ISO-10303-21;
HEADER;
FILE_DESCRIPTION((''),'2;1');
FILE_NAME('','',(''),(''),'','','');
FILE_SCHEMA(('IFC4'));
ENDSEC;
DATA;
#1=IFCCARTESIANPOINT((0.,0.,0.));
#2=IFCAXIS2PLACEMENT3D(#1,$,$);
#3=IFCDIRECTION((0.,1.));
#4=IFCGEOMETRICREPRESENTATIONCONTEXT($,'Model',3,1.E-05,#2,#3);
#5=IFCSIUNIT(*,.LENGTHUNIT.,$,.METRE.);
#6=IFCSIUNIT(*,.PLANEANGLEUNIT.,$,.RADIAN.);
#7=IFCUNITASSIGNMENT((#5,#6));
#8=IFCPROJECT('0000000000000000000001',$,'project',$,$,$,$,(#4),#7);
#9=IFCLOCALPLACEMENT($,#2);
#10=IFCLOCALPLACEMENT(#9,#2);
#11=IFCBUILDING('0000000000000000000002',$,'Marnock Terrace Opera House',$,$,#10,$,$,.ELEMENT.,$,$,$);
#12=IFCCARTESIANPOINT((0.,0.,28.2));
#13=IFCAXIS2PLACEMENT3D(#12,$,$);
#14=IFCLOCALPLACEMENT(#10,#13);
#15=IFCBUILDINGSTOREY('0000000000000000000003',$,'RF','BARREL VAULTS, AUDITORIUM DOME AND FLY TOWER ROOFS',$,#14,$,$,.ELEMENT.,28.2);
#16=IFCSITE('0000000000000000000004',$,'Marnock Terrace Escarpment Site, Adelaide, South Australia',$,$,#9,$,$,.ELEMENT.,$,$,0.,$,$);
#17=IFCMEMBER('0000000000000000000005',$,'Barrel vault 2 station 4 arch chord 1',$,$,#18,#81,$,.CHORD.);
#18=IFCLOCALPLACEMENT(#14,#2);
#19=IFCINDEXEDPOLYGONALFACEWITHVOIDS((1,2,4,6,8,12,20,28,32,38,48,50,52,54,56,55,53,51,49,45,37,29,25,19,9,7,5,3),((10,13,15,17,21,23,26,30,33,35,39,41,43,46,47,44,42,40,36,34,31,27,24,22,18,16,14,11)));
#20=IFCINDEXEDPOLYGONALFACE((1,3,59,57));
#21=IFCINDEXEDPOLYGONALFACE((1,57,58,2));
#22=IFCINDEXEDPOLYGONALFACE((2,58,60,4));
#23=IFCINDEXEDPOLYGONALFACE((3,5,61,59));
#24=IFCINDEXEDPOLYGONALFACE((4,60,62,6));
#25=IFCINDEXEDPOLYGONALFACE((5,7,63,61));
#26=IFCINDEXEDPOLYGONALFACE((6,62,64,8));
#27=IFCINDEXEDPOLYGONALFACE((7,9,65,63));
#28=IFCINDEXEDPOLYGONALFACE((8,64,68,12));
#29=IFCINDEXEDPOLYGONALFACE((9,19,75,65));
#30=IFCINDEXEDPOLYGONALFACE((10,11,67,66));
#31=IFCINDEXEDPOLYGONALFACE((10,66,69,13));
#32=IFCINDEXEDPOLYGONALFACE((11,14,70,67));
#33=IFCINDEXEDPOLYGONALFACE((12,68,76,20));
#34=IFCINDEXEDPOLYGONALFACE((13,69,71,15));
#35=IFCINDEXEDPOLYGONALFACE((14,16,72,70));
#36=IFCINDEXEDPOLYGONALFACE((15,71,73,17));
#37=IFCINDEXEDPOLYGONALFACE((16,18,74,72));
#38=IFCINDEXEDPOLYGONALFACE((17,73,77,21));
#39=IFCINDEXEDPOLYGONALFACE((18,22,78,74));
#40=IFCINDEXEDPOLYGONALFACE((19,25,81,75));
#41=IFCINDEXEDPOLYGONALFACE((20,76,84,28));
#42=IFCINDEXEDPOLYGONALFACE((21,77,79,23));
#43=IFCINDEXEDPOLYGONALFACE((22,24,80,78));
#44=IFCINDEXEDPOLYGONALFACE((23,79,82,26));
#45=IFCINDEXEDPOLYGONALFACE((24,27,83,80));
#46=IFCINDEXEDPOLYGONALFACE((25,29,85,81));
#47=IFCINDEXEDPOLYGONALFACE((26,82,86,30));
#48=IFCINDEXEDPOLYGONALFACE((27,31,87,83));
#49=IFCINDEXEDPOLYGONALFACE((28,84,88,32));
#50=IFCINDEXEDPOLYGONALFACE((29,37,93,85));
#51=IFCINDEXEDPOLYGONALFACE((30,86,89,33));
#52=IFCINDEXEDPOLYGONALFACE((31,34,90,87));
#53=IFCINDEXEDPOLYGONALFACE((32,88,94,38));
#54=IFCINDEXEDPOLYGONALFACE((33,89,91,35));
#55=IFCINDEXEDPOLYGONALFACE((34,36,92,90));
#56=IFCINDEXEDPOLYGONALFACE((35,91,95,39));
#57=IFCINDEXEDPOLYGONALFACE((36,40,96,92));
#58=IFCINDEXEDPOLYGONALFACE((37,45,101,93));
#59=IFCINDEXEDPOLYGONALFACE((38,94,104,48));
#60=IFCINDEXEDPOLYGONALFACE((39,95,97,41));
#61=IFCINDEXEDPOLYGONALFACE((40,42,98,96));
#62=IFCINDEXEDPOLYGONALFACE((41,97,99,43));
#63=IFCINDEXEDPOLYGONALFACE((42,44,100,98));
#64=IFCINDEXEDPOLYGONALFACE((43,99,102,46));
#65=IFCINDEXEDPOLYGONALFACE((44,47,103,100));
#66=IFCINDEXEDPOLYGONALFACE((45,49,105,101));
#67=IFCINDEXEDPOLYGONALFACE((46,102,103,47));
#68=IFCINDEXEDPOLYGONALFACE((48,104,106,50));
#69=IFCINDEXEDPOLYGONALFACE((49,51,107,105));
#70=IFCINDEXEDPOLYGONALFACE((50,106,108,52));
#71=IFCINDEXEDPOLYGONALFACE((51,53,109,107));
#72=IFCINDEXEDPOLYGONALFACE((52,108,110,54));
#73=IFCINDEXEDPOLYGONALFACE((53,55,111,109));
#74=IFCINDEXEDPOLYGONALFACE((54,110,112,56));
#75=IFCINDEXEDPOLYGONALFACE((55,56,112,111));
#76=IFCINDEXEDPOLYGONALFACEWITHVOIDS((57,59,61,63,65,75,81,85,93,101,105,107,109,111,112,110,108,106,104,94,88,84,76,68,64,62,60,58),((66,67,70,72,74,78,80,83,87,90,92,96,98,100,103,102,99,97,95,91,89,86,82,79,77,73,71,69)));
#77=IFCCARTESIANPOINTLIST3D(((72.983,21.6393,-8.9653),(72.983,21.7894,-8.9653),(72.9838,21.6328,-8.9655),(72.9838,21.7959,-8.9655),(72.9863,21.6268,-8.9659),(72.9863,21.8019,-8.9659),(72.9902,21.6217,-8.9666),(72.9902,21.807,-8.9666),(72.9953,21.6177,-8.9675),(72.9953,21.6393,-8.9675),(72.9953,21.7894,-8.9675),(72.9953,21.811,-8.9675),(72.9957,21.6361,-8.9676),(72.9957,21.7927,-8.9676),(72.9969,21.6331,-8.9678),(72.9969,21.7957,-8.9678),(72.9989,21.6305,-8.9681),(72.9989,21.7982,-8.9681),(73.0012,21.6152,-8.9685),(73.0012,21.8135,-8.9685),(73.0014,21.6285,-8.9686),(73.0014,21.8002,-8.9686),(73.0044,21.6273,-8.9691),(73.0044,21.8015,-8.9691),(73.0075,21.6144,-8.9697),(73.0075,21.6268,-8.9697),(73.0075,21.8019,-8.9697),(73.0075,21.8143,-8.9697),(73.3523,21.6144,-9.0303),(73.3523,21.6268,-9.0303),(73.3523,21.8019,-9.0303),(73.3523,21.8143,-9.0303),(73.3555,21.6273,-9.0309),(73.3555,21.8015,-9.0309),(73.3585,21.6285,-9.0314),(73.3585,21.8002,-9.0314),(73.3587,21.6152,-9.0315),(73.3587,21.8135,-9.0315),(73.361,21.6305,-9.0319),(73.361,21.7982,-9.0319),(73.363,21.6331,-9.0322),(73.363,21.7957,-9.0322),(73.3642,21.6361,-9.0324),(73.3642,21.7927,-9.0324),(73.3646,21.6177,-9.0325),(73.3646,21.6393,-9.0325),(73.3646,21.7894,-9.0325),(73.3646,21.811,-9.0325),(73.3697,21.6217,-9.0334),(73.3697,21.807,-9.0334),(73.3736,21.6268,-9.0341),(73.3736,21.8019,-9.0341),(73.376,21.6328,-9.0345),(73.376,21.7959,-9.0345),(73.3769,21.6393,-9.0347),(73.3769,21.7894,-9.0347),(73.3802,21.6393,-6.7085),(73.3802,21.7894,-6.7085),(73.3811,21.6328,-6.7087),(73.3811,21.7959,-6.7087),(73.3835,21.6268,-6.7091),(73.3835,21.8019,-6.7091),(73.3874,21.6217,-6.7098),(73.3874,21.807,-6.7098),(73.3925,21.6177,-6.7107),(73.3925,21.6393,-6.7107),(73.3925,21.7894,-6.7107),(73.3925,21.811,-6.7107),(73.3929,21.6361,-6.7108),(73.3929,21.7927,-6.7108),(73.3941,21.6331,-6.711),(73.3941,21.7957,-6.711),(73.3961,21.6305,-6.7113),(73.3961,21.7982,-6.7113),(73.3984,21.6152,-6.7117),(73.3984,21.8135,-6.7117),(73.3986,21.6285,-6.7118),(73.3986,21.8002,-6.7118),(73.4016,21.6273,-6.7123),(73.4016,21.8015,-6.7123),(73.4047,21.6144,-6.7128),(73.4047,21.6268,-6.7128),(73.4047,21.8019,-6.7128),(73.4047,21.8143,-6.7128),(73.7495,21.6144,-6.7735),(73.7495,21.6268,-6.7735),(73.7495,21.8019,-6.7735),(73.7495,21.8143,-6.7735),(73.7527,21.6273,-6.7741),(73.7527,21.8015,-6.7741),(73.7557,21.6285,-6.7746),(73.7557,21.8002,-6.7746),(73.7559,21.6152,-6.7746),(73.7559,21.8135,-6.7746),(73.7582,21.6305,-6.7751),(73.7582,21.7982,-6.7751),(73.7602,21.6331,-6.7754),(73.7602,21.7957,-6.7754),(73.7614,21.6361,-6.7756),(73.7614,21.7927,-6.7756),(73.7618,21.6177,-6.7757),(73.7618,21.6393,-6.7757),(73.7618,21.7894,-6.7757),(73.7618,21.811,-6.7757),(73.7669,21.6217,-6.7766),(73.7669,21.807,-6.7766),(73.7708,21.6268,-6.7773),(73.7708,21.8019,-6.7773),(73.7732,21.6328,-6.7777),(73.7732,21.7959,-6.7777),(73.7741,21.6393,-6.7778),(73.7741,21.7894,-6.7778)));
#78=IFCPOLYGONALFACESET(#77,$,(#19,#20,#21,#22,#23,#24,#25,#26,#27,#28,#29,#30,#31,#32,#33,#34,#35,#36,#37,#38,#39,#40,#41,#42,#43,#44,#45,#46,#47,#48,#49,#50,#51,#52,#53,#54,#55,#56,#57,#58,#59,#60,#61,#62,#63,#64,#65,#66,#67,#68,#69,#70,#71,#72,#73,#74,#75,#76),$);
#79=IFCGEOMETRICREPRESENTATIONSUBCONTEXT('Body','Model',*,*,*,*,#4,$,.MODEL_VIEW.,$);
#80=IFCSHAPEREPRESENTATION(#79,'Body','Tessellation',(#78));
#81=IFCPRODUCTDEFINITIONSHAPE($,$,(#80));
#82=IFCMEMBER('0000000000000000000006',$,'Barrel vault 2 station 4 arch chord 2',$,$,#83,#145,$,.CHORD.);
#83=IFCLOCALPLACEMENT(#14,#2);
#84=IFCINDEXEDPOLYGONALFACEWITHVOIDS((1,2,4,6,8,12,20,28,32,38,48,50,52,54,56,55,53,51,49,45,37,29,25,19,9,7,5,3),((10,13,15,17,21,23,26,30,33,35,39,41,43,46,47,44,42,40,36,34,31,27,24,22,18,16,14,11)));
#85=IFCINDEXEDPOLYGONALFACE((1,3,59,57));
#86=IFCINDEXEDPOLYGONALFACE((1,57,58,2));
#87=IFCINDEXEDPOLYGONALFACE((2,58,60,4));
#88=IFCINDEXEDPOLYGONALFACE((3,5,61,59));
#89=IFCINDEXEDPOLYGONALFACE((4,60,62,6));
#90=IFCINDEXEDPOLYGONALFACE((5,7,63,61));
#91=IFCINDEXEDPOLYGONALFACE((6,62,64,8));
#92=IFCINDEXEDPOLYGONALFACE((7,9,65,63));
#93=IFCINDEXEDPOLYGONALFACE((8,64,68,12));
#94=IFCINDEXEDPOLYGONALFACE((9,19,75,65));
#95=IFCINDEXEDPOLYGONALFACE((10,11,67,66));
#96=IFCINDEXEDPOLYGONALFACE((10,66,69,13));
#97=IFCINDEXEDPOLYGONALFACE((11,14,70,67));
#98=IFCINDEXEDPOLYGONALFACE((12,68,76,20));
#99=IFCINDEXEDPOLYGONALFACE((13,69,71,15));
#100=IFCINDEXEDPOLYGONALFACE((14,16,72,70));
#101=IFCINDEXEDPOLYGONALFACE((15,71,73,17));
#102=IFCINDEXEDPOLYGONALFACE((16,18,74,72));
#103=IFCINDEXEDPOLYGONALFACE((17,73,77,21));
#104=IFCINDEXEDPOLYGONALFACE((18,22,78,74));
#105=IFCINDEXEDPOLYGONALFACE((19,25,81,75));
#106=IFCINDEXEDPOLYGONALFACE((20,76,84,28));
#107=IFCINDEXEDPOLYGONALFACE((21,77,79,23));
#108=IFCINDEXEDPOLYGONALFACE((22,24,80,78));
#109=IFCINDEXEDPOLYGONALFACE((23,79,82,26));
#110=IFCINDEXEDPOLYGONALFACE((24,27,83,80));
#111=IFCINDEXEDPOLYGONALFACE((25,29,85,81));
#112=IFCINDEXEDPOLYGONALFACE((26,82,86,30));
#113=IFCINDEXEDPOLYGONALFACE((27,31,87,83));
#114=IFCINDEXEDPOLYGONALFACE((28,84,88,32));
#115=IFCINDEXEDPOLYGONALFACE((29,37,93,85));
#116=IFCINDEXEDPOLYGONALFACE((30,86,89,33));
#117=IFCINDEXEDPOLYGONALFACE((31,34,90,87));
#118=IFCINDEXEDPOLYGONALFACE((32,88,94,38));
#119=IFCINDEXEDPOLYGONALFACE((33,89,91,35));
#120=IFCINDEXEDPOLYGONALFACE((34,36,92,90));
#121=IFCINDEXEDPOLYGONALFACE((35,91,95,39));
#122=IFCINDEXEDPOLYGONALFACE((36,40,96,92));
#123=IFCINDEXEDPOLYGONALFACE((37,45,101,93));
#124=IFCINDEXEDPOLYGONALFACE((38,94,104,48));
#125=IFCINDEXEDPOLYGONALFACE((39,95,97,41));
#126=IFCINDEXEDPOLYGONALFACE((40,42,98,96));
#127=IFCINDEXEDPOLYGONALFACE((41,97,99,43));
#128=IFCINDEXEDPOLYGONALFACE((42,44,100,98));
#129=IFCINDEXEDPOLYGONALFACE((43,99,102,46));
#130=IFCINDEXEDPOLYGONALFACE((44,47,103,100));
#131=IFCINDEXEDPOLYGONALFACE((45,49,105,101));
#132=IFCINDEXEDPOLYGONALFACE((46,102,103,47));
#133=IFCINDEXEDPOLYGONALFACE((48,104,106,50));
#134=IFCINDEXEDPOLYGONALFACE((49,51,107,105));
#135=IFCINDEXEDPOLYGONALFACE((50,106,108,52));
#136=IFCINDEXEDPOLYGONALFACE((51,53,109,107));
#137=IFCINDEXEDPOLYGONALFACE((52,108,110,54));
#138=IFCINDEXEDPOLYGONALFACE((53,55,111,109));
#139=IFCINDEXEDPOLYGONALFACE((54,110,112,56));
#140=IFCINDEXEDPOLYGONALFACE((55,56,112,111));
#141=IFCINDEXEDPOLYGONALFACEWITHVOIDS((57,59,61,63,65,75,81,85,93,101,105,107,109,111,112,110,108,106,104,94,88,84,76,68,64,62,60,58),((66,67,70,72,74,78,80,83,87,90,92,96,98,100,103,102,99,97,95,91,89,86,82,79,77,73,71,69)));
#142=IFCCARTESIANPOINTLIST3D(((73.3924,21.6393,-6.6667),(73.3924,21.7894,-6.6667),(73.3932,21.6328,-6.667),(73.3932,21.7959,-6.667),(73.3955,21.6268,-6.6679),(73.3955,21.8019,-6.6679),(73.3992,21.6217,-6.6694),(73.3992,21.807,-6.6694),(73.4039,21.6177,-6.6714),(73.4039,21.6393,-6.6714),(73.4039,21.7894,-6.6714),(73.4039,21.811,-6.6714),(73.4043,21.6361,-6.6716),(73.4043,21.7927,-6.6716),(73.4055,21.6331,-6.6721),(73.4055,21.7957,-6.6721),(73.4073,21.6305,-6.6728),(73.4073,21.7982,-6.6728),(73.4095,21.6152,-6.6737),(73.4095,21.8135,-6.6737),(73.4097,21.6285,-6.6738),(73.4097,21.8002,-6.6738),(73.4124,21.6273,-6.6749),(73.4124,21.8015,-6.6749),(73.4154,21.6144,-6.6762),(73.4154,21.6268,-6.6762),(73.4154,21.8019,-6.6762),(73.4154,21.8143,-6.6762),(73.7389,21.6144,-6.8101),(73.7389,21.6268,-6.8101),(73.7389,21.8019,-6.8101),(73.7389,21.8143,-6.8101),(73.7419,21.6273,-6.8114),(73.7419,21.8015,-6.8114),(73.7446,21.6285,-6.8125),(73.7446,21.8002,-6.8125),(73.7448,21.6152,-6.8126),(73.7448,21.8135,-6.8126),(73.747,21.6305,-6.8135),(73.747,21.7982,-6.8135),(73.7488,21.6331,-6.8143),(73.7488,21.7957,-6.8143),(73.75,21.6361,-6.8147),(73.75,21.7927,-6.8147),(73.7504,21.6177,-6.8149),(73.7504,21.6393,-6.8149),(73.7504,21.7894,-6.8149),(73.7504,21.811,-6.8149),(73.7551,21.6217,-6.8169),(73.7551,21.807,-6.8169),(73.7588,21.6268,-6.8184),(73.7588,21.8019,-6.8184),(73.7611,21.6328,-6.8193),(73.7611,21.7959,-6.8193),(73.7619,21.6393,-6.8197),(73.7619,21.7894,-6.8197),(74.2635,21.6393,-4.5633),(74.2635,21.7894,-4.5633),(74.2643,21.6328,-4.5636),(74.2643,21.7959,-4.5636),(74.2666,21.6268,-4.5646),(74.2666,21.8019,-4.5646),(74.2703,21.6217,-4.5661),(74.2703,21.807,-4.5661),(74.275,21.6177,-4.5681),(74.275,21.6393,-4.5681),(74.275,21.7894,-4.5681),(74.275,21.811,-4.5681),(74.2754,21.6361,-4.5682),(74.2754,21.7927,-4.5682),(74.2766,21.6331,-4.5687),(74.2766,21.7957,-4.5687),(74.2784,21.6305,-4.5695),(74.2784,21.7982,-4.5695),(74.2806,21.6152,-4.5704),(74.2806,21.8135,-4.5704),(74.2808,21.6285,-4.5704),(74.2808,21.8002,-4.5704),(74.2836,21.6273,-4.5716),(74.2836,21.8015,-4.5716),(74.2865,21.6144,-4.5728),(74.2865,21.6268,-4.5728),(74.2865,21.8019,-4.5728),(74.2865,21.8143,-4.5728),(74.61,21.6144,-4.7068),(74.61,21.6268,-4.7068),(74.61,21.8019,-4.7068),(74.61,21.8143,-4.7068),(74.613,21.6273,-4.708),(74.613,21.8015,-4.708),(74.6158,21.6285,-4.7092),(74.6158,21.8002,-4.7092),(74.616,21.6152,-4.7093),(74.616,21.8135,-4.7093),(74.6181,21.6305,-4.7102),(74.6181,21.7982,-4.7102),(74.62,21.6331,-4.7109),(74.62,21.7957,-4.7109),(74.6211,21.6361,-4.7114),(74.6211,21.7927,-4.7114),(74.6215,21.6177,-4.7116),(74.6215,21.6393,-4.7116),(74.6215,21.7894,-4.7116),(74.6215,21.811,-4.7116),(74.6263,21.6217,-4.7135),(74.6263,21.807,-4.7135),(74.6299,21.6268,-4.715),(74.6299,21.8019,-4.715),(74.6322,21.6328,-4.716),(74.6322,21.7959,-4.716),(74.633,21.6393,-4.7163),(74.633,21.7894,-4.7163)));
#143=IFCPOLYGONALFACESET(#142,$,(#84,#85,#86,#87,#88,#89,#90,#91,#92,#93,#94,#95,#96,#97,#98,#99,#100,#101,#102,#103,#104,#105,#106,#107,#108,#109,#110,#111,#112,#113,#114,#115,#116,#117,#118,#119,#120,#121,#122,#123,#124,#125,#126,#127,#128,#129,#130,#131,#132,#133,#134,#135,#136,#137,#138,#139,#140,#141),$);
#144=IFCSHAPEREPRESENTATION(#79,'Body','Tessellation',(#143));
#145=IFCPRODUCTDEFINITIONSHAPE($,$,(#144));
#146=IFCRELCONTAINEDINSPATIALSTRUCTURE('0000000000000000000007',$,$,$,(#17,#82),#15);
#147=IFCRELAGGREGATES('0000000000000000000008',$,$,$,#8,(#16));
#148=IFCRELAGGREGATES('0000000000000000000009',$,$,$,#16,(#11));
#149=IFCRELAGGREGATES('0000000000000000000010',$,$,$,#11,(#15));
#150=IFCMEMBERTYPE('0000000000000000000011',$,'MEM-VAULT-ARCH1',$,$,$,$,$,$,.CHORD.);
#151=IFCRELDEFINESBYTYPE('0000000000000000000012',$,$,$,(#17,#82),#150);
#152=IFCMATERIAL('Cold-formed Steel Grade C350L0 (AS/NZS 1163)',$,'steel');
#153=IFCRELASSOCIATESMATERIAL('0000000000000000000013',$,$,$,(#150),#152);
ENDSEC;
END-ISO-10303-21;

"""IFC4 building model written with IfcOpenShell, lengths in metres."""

from ifc_helpers import new_model, si_unit, direction, frame, origin, origin_2d, place, context, subcontext, project, spatial, hollow_rectangle, extrude, material, material_profile, profile_set, type_object, element, save


model = new_model("IFC4")

# Units and contexts
model_context = context("Model", 3, precision=1e-05, world=origin(), true_north=direction((0.0, 1.0)))
body_context = subcontext(model_context, "Body", "Model", "MODEL_VIEW")
ifc_project = project(units=[si_unit("LENGTHUNIT", "METRE"), si_unit("PLANEANGLEUNIT", "RADIAN")], contexts=[model_context])

# Site, building, storey
site_placement = place(None, origin())
site = spatial("IfcSite", under=ifc_project, at=site_placement, Name="Marnock Terrace Escarpment Site, Adelaide, South Australia", CompositionType="ELEMENT", RefElevation=0.0)
building_placement = place(site_placement, origin())
building = spatial("IfcBuilding", under=site, at=building_placement, Name="Marnock Terrace Opera House", CompositionType="ELEMENT")
storey_placement = place(building_placement, frame((0.0, 0.0, 28.2)))
storey = spatial("IfcBuildingStorey", under=building, at=storey_placement, Name="RF", Description="BARREL VAULTS, AUDITORIUM DOME AND FLY TOWER ROOFS", CompositionType="ELEMENT", Elevation=28.2)

# Members
ifc_material = material(Name="Cold-formed Steel Grade C350L0 (AS/NZS 1163)", Category="steel")
ifc_material_profile_1 = material_profile(ifc_material, hollow_rectangle(XDim=0.2, YDim=0.3999, WallThickness=0.0125, InnerFilletRadius=0.0125, OuterFilletRadius=0.0249, at=origin_2d()))
ifc_profile_set_1 = profile_set([ifc_material_profile_1], Name="Cold-formed Steel Grade C350L0 (AS/NZS 1163)")
member_type_1 = type_object("IfcMemberType", Name="MEM-VAULT-ARCH1", PredefinedType="CHORD", material=ifc_profile_set_1)
member_1_placement = place(storey_placement, frame((73.1799, 21.7144, -9.0), z_axis=(0.173342, 0.0, 0.984862), x_axis=(0.0, 1.0, 0.0)))
element("IfcMember", 1, at=member_1_placement, inside=storey, type_object=member_type_1, Name="Barrel vault 2 station 4 arch chord 1", PredefinedType="CHORD", context=body_context, shape_type="SweptSolid", body=[
    extrude(hollow_rectangle(XDim=0.2, YDim=0.3999, WallThickness=0.0125, InnerFilletRadius=0.0125, OuterFilletRadius=0.0249, at=origin_2d()), origin(), (0.0, 0.0, 1.0), 2.2915),
])
member_2_placement = place(storey_placement, frame((73.5771, 21.7144, -6.7432), z_axis=(0.382642, 0.0, 0.923897), x_axis=(0.0, 1.0, 0.0)))
element("IfcMember", 2, at=member_2_placement, inside=storey, type_object=member_type_1, Name="Barrel vault 2 station 4 arch chord 2", PredefinedType="CHORD", context=body_context, shape_type="SweptSolid", body=[
    extrude(hollow_rectangle(XDim=0.2, YDim=0.3999, WallThickness=0.0125, InnerFilletRadius=0.0125, OuterFilletRadius=0.0249, at=origin_2d()), origin(), (0.0, 0.0, 1.0), 2.2766),
])

save(model, "model.ifc")
